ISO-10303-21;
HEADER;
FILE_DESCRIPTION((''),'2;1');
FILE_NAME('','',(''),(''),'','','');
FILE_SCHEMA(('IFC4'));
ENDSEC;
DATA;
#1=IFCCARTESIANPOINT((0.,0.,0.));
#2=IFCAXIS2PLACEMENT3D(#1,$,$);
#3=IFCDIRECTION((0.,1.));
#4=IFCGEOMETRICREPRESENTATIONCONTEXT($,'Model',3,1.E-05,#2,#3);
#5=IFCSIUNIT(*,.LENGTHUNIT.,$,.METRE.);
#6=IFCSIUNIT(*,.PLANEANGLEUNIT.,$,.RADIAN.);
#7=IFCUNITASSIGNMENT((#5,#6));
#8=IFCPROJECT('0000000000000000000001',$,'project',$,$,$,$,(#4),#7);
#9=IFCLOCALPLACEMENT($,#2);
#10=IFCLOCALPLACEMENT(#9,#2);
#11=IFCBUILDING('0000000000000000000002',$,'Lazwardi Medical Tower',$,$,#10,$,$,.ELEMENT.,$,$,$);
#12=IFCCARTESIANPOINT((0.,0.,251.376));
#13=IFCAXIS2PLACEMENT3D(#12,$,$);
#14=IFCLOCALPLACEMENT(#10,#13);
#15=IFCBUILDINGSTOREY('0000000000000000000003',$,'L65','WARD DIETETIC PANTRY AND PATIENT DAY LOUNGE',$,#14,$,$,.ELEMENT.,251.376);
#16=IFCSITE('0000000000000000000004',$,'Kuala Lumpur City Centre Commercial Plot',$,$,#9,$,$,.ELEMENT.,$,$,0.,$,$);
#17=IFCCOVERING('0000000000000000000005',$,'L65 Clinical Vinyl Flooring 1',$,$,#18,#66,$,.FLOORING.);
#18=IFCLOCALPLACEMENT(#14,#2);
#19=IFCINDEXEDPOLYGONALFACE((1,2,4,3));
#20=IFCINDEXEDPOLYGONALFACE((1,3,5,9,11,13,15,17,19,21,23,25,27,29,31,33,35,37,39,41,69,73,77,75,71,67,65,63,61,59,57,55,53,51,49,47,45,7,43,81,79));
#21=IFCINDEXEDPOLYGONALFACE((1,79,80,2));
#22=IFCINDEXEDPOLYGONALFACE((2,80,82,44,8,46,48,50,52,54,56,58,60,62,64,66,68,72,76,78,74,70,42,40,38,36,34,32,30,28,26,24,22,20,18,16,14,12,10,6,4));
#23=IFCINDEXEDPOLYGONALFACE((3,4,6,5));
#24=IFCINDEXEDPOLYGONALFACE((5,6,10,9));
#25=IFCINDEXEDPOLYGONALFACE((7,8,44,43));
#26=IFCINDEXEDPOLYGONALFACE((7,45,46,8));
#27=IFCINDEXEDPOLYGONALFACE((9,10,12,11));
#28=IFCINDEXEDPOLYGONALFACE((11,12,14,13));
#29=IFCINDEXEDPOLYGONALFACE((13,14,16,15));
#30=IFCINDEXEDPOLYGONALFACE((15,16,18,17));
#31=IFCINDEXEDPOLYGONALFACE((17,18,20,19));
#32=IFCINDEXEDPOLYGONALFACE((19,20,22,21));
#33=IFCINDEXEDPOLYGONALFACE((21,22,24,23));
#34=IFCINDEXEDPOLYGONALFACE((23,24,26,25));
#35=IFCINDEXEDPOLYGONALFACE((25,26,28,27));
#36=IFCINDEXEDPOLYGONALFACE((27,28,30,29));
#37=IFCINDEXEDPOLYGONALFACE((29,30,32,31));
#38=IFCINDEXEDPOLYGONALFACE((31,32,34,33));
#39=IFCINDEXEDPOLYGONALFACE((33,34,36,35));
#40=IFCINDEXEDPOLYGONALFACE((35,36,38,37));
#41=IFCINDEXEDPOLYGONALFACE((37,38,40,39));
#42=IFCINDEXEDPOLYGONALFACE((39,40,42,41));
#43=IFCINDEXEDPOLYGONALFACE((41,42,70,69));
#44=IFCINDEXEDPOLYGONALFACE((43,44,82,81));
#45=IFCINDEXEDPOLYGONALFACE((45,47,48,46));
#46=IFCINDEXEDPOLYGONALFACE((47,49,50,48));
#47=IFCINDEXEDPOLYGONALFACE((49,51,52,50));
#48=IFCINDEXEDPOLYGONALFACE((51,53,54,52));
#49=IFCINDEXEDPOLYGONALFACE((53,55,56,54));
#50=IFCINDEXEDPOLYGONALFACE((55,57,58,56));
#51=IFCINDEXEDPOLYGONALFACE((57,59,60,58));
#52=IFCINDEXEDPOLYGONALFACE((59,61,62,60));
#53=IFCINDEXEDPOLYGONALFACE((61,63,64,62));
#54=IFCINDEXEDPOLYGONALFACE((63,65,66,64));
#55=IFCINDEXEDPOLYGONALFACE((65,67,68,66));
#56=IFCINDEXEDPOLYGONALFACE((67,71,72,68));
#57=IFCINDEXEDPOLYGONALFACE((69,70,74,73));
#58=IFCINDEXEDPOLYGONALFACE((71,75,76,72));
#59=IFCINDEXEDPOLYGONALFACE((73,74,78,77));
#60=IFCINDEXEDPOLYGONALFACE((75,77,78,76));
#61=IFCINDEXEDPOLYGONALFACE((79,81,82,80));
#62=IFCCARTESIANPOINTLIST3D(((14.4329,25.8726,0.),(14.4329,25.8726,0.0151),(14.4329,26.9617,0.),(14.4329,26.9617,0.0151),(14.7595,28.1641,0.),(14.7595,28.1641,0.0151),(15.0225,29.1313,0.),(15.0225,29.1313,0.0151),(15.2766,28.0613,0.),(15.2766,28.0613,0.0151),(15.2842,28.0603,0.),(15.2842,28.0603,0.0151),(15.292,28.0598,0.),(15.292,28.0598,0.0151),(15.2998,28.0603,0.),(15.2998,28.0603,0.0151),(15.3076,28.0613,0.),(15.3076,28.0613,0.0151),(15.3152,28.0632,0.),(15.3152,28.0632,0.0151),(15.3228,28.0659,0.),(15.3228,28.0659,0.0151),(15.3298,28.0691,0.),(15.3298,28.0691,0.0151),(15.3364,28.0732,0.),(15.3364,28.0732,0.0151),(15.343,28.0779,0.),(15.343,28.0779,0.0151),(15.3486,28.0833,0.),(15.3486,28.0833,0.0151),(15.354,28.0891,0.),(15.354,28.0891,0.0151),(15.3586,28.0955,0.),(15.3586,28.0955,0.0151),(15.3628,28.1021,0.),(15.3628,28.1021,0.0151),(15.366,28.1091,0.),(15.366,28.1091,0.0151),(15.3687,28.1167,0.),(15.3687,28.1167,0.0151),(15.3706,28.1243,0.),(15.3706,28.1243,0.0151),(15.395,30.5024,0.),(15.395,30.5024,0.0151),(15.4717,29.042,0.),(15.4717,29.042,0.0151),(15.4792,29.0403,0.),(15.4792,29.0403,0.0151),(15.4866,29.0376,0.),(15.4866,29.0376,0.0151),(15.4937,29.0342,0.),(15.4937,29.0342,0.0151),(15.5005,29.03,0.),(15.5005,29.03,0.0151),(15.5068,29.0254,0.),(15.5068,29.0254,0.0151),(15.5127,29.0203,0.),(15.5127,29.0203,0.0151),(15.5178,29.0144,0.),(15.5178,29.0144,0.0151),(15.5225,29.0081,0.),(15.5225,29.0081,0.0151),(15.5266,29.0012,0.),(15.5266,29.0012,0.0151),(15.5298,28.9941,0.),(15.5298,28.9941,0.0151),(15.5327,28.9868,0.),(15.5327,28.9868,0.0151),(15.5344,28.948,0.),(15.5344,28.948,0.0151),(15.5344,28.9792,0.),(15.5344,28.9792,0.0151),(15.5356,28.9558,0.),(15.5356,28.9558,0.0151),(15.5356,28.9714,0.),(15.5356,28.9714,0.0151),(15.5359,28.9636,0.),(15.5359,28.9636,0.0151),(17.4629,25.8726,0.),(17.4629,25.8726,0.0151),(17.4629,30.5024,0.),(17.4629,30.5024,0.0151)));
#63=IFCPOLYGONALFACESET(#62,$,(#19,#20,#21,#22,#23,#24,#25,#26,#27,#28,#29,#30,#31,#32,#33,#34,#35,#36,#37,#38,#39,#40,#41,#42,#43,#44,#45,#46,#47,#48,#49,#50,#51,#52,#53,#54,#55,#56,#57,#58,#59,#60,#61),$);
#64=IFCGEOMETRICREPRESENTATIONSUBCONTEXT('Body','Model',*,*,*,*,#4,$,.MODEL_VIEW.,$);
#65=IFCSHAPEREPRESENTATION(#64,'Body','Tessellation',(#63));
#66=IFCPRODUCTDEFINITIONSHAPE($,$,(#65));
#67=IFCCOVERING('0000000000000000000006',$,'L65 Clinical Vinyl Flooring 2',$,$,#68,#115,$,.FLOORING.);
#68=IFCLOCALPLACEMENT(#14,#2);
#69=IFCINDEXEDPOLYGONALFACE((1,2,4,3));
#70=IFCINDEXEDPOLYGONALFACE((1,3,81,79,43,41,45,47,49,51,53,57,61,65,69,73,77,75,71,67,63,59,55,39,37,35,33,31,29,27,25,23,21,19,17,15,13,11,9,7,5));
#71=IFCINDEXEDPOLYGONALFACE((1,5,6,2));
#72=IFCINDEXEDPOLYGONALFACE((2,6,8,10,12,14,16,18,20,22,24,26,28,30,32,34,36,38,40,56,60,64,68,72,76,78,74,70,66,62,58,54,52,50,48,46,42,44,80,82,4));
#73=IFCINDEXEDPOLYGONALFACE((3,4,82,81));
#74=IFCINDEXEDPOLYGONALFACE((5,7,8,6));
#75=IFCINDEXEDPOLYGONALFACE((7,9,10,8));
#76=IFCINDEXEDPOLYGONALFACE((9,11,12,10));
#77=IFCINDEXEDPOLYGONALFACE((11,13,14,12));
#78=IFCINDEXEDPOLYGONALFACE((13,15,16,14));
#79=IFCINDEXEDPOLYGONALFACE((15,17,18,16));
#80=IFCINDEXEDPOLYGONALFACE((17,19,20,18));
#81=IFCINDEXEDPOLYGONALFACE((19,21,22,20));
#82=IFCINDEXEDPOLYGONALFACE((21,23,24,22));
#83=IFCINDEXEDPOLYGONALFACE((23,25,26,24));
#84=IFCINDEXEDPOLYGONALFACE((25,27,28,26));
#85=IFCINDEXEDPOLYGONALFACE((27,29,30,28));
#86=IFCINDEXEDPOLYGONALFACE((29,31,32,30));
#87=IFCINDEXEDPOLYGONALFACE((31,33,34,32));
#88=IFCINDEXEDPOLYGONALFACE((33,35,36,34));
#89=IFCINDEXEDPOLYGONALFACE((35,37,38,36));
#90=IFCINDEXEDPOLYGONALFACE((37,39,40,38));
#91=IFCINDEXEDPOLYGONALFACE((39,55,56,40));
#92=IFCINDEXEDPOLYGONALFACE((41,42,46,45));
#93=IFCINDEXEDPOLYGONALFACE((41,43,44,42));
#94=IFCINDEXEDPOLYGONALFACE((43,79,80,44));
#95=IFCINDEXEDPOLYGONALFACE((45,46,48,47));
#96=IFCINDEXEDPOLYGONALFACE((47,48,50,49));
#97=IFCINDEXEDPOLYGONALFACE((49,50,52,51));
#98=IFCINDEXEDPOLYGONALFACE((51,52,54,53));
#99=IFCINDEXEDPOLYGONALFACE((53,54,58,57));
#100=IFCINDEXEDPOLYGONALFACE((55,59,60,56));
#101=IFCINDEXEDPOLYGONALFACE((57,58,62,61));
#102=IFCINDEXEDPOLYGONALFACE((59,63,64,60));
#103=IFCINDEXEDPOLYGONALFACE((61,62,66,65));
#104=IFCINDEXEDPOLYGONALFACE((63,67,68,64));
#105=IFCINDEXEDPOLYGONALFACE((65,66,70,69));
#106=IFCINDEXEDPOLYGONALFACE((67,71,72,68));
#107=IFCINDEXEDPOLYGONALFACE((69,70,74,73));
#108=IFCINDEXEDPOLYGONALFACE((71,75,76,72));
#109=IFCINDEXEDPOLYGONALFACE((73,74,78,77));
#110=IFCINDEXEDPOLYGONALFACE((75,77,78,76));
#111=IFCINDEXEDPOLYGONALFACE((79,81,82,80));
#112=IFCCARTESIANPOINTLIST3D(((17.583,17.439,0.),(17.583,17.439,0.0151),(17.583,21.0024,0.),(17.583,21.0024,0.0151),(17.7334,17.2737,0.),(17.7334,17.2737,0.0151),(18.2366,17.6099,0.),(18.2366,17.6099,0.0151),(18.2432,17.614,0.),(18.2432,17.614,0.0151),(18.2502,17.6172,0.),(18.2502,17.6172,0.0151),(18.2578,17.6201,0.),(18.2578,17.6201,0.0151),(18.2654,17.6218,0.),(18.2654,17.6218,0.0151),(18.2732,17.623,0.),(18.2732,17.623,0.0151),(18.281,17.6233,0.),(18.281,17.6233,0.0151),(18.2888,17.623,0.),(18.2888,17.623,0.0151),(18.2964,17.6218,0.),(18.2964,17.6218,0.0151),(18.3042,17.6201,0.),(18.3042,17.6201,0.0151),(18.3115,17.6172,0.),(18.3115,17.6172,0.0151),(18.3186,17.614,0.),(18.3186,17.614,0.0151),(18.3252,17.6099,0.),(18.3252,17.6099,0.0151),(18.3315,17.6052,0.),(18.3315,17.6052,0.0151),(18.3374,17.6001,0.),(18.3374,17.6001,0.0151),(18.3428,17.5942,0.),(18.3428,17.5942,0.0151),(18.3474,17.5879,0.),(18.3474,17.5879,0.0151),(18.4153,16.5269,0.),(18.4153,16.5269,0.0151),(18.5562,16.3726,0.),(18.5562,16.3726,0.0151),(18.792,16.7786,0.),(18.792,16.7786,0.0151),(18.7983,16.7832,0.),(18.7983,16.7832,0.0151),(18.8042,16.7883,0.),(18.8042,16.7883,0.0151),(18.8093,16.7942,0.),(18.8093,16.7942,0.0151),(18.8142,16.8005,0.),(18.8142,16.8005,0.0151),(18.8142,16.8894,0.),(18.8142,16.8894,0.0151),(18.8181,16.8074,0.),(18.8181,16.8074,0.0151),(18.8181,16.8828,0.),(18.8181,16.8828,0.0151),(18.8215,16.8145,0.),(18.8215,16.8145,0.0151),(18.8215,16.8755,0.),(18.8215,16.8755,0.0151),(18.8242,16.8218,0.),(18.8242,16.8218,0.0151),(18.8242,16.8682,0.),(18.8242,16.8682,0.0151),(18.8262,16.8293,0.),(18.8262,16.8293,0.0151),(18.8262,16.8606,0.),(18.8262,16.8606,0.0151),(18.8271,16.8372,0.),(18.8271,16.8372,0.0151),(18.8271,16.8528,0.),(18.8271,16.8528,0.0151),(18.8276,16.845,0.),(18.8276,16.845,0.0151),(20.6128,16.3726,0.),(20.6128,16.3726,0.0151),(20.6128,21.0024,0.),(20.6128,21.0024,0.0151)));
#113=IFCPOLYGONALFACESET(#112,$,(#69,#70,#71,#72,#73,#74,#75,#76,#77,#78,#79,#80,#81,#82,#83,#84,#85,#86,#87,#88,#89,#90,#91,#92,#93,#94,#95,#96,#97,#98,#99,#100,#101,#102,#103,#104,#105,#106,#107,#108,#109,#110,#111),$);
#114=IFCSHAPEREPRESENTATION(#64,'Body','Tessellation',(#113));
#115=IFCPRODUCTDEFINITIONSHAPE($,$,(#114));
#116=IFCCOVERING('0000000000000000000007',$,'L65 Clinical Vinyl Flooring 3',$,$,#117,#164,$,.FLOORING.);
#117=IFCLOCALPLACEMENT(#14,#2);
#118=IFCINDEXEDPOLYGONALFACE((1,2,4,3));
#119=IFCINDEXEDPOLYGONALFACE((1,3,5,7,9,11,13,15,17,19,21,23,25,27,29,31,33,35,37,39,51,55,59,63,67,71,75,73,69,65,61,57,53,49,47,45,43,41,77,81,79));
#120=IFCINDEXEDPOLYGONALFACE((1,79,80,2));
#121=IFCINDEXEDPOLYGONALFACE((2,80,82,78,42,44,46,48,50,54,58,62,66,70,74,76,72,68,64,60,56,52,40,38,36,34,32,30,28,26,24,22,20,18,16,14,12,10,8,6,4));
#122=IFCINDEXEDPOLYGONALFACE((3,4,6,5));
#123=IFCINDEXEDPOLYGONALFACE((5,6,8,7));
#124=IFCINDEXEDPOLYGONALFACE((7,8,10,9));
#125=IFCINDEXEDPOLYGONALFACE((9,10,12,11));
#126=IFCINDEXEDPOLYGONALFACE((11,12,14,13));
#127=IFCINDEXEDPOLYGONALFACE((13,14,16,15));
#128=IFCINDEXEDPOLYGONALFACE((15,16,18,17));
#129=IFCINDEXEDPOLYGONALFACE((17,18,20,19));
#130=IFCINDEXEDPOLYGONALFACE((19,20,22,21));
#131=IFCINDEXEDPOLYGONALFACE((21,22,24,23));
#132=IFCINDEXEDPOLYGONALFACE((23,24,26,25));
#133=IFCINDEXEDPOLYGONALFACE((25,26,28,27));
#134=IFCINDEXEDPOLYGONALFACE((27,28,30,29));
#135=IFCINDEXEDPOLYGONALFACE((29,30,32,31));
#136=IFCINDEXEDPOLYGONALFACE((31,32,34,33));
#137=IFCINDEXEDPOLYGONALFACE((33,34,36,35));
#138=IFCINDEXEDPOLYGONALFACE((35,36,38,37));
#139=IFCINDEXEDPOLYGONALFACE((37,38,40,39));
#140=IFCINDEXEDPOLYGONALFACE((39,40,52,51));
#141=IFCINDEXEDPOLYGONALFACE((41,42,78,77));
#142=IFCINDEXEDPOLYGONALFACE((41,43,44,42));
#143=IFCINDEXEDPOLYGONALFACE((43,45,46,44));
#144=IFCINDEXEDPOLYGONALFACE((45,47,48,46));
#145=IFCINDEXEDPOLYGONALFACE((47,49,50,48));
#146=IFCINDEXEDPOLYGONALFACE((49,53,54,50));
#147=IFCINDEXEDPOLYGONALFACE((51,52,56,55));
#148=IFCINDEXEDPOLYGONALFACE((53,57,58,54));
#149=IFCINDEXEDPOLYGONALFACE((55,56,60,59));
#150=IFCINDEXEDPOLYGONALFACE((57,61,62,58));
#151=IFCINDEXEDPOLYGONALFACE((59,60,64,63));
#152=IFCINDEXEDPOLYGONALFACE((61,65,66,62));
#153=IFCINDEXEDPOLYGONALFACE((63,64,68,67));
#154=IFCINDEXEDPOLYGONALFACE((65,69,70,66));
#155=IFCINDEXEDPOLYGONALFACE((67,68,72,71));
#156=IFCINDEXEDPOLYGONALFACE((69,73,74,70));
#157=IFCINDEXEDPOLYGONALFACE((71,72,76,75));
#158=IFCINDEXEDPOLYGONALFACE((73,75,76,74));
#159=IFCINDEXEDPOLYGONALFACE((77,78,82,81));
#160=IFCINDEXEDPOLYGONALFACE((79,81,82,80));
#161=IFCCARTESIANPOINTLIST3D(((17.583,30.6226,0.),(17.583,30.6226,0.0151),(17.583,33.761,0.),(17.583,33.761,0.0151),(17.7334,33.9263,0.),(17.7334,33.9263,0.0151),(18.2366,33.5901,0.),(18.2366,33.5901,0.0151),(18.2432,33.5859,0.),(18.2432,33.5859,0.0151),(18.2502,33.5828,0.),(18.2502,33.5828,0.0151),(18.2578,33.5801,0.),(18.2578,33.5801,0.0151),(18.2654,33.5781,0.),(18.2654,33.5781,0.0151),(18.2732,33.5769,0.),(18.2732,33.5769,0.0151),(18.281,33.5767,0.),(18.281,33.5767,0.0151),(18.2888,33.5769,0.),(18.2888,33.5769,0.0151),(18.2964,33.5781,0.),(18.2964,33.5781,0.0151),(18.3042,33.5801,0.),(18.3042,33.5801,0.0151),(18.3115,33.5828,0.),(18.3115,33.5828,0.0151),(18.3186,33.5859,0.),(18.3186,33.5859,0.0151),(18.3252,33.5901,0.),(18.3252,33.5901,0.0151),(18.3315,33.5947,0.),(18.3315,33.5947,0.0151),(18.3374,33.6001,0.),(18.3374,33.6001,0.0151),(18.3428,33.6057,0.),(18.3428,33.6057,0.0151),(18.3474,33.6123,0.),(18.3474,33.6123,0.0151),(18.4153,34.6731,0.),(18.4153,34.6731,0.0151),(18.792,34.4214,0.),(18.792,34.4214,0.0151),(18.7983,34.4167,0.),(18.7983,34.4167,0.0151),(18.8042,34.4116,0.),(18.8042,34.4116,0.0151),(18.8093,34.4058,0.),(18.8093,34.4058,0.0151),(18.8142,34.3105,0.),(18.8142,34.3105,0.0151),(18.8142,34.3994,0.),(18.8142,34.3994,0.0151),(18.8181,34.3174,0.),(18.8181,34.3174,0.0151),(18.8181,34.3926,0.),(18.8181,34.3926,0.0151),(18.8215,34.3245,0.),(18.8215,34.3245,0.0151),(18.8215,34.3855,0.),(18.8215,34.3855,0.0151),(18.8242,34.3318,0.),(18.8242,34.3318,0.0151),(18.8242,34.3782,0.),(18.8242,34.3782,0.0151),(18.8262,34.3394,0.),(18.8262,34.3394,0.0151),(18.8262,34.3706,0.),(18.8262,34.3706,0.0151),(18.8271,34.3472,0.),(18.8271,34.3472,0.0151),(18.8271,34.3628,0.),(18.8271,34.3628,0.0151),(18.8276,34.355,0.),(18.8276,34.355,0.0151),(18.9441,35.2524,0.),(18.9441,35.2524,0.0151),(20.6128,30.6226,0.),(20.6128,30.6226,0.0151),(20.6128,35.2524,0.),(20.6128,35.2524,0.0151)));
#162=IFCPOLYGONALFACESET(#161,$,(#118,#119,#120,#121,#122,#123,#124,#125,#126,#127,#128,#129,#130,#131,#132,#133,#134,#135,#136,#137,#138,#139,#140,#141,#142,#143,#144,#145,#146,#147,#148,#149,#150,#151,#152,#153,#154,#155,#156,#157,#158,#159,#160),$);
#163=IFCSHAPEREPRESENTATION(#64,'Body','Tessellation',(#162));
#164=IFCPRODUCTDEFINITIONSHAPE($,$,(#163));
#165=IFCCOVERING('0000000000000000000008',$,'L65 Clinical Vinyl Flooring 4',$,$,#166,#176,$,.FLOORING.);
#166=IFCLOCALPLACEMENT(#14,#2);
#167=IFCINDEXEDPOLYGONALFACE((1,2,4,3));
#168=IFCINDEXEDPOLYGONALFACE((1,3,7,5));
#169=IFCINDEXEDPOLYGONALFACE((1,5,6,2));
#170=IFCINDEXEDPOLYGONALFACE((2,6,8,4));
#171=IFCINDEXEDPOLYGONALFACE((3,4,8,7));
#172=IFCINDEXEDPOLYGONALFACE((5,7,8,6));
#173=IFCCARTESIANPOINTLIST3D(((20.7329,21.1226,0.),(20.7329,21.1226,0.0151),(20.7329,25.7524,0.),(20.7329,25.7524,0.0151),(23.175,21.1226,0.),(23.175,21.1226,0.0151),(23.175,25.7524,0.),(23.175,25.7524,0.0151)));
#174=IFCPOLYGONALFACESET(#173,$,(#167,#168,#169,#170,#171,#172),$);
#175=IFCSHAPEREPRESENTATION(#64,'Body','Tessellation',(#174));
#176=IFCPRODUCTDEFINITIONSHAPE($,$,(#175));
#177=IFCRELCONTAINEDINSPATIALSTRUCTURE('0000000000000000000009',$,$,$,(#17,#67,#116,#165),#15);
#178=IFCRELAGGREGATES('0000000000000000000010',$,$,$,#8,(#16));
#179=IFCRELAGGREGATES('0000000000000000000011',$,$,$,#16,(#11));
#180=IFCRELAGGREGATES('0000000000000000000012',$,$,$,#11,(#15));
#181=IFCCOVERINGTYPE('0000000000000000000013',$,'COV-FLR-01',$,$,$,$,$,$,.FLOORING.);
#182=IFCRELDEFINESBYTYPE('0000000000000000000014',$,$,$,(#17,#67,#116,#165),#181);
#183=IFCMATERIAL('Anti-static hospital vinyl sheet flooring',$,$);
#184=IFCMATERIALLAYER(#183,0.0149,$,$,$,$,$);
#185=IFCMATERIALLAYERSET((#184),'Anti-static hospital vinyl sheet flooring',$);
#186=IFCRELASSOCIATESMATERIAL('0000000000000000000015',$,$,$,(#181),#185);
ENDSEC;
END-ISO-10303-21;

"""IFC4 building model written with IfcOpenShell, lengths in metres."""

from ifc_helpers import new_model, si_unit, direction, frame, origin, place, context, subcontext, project, spatial, polyline, outline, extrude, material, layer, layer_set, type_object, element, save


model = new_model("IFC4")

# Units and contexts
model_context = context("Model", 3, precision=1e-05, world=origin(), true_north=direction((0.0, 1.0)))
body_context = subcontext(model_context, "Body", "Model", "MODEL_VIEW")
ifc_project = project(units=[si_unit("LENGTHUNIT", "METRE"), si_unit("PLANEANGLEUNIT", "RADIAN")], contexts=[model_context])

# Site, building, storey
site_placement = place(None, origin())
site = spatial("IfcSite", under=ifc_project, at=site_placement, Name="Kuala Lumpur City Centre Commercial Plot", CompositionType="ELEMENT", RefElevation=0.0)
building_placement = place(site_placement, origin())
building = spatial("IfcBuilding", under=site, at=building_placement, Name="Lazwardi Medical Tower", CompositionType="ELEMENT")
storey_placement = place(building_placement, frame((0.0, 0.0, 251.376)))
storey = spatial("IfcBuildingStorey", under=building, at=storey_placement, Name="L65", Description="WARD DIETETIC PANTRY AND PATIENT DAY LOUNGE", CompositionType="ELEMENT", Elevation=251.376)

# Coverings
ifc_material_1 = material(Name="Anti-static hospital vinyl sheet flooring")
ifc_layer_1 = layer(ifc_material_1, 0.0149)
ifc_layer_set_1 = layer_set([ifc_layer_1], Name="Anti-static hospital vinyl sheet flooring")
covering_type_1 = type_object("IfcCoveringType", Name="COV-FLR-01", PredefinedType="FLOORING", material=ifc_layer_set_1)
covering_1_placement = place(storey_placement, origin())
element("IfcCovering", 1, at=covering_1_placement, inside=storey, type_object=covering_type_1, Name="L65 Clinical Vinyl Flooring 1", PredefinedType="FLOORING", context=body_context, shape_type="SweptSolid", body=[
    extrude(outline(polyline([(15.395, 30.5024), (15.0225, 29.1313), (15.4717, 29.042), (15.4792, 29.0403), (15.4866, 29.0376), (15.4937, 29.0342), (15.5005, 29.03), (15.5068, 29.0254), (15.5127, 29.0203), (15.5178, 29.0144), (15.5225, 29.0081), (15.5266, 29.0012), (15.5298, 28.9941), (15.5327, 28.9868), (15.5344, 28.9792), (15.5356, 28.9714), (15.5359, 28.9636), (15.5356, 28.9558), (15.5344, 28.948), (15.3706, 28.1243), (15.3687, 28.1167), (15.366, 28.1091), (15.3628, 28.1021), (15.3586, 28.0955), (15.354, 28.0891), (15.3486, 28.0833), (15.343, 28.0779), (15.3364, 28.0732), (15.3298, 28.0691), (15.3228, 28.0659), (15.3152, 28.0632), (15.3076, 28.0613), (15.2998, 28.0603), (15.292, 28.0598), (15.2842, 28.0603), (15.2766, 28.0613), (14.7595, 28.1641), (14.4329, 26.9617), (14.4329, 25.8726), (17.4629, 25.8726), (17.4629, 30.5024), (15.395, 30.5024)])), origin(), (0.0, 0.0, 1.0), 0.0151),
])
covering_2_placement = place(storey_placement, origin())
element("IfcCovering", 2, at=covering_2_placement, inside=storey, type_object=covering_type_1, Name="L65 Clinical Vinyl Flooring 2", PredefinedType="FLOORING", context=body_context, shape_type="SweptSolid", body=[
    extrude(outline(polyline([(17.583, 17.439), (17.7334, 17.2737), (18.2366, 17.6099), (18.2432, 17.614), (18.2502, 17.6172), (18.2578, 17.6201), (18.2654, 17.6218), (18.2732, 17.623), (18.281, 17.6233), (18.2888, 17.623), (18.2964, 17.6218), (18.3042, 17.6201), (18.3115, 17.6172), (18.3186, 17.614), (18.3252, 17.6099), (18.3315, 17.6052), (18.3374, 17.6001), (18.3428, 17.5942), (18.3474, 17.5879), (18.8142, 16.8894), (18.8181, 16.8828), (18.8215, 16.8755), (18.8242, 16.8682), (18.8262, 16.8606), (18.8271, 16.8528), (18.8276, 16.845), (18.8271, 16.8372), (18.8262, 16.8293), (18.8242, 16.8218), (18.8215, 16.8145), (18.8181, 16.8074), (18.8142, 16.8005), (18.8093, 16.7942), (18.8042, 16.7883), (18.7983, 16.7832), (18.792, 16.7786), (18.4153, 16.5269), (18.5562, 16.3726), (20.6128, 16.3726), (20.6128, 21.0024), (17.583, 21.0024), (17.583, 17.439)])), origin(), (0.0, 0.0, 1.0), 0.0151),
])
covering_3_placement = place(storey_placement, origin())
element("IfcCovering", 3, at=covering_3_placement, inside=storey, type_object=covering_type_1, Name="L65 Clinical Vinyl Flooring 3", PredefinedType="FLOORING", context=body_context, shape_type="SweptSolid", body=[
    extrude(outline(polyline([(18.9441, 35.2524), (18.4153, 34.6731), (18.792, 34.4214), (18.7983, 34.4167), (18.8042, 34.4116), (18.8093, 34.4058), (18.8142, 34.3994), (18.8181, 34.3926), (18.8215, 34.3855), (18.8242, 34.3782), (18.8262, 34.3706), (18.8271, 34.3628), (18.8276, 34.355), (18.8271, 34.3472), (18.8262, 34.3394), (18.8242, 34.3318), (18.8215, 34.3245), (18.8181, 34.3174), (18.8142, 34.3105), (18.3474, 33.6123), (18.3428, 33.6057), (18.3374, 33.6001), (18.3315, 33.5947), (18.3252, 33.5901), (18.3186, 33.5859), (18.3115, 33.5828), (18.3042, 33.5801), (18.2964, 33.5781), (18.2888, 33.5769), (18.281, 33.5767), (18.2732, 33.5769), (18.2654, 33.5781), (18.2578, 33.5801), (18.2502, 33.5828), (18.2432, 33.5859), (18.2366, 33.5901), (17.7334, 33.9263), (17.583, 33.761), (17.583, 30.6226), (20.6128, 30.6226), (20.6128, 35.2524), (18.9441, 35.2524)])), origin(), (0.0, 0.0, 1.0), 0.0151),
])
covering_4_placement = place(storey_placement, origin())
element("IfcCovering", 4, at=covering_4_placement, inside=storey, type_object=covering_type_1, Name="L65 Clinical Vinyl Flooring 4", PredefinedType="FLOORING", context=body_context, shape_type="SweptSolid", body=[
    extrude(outline(polyline([(23.175, 21.1226), (23.175, 25.7524), (20.7329, 25.7524), (20.7329, 21.1226), (23.175, 21.1226)])), origin(), (0.0, 0.0, 1.0), 0.0151),
])

save(model, "model.ifc")
